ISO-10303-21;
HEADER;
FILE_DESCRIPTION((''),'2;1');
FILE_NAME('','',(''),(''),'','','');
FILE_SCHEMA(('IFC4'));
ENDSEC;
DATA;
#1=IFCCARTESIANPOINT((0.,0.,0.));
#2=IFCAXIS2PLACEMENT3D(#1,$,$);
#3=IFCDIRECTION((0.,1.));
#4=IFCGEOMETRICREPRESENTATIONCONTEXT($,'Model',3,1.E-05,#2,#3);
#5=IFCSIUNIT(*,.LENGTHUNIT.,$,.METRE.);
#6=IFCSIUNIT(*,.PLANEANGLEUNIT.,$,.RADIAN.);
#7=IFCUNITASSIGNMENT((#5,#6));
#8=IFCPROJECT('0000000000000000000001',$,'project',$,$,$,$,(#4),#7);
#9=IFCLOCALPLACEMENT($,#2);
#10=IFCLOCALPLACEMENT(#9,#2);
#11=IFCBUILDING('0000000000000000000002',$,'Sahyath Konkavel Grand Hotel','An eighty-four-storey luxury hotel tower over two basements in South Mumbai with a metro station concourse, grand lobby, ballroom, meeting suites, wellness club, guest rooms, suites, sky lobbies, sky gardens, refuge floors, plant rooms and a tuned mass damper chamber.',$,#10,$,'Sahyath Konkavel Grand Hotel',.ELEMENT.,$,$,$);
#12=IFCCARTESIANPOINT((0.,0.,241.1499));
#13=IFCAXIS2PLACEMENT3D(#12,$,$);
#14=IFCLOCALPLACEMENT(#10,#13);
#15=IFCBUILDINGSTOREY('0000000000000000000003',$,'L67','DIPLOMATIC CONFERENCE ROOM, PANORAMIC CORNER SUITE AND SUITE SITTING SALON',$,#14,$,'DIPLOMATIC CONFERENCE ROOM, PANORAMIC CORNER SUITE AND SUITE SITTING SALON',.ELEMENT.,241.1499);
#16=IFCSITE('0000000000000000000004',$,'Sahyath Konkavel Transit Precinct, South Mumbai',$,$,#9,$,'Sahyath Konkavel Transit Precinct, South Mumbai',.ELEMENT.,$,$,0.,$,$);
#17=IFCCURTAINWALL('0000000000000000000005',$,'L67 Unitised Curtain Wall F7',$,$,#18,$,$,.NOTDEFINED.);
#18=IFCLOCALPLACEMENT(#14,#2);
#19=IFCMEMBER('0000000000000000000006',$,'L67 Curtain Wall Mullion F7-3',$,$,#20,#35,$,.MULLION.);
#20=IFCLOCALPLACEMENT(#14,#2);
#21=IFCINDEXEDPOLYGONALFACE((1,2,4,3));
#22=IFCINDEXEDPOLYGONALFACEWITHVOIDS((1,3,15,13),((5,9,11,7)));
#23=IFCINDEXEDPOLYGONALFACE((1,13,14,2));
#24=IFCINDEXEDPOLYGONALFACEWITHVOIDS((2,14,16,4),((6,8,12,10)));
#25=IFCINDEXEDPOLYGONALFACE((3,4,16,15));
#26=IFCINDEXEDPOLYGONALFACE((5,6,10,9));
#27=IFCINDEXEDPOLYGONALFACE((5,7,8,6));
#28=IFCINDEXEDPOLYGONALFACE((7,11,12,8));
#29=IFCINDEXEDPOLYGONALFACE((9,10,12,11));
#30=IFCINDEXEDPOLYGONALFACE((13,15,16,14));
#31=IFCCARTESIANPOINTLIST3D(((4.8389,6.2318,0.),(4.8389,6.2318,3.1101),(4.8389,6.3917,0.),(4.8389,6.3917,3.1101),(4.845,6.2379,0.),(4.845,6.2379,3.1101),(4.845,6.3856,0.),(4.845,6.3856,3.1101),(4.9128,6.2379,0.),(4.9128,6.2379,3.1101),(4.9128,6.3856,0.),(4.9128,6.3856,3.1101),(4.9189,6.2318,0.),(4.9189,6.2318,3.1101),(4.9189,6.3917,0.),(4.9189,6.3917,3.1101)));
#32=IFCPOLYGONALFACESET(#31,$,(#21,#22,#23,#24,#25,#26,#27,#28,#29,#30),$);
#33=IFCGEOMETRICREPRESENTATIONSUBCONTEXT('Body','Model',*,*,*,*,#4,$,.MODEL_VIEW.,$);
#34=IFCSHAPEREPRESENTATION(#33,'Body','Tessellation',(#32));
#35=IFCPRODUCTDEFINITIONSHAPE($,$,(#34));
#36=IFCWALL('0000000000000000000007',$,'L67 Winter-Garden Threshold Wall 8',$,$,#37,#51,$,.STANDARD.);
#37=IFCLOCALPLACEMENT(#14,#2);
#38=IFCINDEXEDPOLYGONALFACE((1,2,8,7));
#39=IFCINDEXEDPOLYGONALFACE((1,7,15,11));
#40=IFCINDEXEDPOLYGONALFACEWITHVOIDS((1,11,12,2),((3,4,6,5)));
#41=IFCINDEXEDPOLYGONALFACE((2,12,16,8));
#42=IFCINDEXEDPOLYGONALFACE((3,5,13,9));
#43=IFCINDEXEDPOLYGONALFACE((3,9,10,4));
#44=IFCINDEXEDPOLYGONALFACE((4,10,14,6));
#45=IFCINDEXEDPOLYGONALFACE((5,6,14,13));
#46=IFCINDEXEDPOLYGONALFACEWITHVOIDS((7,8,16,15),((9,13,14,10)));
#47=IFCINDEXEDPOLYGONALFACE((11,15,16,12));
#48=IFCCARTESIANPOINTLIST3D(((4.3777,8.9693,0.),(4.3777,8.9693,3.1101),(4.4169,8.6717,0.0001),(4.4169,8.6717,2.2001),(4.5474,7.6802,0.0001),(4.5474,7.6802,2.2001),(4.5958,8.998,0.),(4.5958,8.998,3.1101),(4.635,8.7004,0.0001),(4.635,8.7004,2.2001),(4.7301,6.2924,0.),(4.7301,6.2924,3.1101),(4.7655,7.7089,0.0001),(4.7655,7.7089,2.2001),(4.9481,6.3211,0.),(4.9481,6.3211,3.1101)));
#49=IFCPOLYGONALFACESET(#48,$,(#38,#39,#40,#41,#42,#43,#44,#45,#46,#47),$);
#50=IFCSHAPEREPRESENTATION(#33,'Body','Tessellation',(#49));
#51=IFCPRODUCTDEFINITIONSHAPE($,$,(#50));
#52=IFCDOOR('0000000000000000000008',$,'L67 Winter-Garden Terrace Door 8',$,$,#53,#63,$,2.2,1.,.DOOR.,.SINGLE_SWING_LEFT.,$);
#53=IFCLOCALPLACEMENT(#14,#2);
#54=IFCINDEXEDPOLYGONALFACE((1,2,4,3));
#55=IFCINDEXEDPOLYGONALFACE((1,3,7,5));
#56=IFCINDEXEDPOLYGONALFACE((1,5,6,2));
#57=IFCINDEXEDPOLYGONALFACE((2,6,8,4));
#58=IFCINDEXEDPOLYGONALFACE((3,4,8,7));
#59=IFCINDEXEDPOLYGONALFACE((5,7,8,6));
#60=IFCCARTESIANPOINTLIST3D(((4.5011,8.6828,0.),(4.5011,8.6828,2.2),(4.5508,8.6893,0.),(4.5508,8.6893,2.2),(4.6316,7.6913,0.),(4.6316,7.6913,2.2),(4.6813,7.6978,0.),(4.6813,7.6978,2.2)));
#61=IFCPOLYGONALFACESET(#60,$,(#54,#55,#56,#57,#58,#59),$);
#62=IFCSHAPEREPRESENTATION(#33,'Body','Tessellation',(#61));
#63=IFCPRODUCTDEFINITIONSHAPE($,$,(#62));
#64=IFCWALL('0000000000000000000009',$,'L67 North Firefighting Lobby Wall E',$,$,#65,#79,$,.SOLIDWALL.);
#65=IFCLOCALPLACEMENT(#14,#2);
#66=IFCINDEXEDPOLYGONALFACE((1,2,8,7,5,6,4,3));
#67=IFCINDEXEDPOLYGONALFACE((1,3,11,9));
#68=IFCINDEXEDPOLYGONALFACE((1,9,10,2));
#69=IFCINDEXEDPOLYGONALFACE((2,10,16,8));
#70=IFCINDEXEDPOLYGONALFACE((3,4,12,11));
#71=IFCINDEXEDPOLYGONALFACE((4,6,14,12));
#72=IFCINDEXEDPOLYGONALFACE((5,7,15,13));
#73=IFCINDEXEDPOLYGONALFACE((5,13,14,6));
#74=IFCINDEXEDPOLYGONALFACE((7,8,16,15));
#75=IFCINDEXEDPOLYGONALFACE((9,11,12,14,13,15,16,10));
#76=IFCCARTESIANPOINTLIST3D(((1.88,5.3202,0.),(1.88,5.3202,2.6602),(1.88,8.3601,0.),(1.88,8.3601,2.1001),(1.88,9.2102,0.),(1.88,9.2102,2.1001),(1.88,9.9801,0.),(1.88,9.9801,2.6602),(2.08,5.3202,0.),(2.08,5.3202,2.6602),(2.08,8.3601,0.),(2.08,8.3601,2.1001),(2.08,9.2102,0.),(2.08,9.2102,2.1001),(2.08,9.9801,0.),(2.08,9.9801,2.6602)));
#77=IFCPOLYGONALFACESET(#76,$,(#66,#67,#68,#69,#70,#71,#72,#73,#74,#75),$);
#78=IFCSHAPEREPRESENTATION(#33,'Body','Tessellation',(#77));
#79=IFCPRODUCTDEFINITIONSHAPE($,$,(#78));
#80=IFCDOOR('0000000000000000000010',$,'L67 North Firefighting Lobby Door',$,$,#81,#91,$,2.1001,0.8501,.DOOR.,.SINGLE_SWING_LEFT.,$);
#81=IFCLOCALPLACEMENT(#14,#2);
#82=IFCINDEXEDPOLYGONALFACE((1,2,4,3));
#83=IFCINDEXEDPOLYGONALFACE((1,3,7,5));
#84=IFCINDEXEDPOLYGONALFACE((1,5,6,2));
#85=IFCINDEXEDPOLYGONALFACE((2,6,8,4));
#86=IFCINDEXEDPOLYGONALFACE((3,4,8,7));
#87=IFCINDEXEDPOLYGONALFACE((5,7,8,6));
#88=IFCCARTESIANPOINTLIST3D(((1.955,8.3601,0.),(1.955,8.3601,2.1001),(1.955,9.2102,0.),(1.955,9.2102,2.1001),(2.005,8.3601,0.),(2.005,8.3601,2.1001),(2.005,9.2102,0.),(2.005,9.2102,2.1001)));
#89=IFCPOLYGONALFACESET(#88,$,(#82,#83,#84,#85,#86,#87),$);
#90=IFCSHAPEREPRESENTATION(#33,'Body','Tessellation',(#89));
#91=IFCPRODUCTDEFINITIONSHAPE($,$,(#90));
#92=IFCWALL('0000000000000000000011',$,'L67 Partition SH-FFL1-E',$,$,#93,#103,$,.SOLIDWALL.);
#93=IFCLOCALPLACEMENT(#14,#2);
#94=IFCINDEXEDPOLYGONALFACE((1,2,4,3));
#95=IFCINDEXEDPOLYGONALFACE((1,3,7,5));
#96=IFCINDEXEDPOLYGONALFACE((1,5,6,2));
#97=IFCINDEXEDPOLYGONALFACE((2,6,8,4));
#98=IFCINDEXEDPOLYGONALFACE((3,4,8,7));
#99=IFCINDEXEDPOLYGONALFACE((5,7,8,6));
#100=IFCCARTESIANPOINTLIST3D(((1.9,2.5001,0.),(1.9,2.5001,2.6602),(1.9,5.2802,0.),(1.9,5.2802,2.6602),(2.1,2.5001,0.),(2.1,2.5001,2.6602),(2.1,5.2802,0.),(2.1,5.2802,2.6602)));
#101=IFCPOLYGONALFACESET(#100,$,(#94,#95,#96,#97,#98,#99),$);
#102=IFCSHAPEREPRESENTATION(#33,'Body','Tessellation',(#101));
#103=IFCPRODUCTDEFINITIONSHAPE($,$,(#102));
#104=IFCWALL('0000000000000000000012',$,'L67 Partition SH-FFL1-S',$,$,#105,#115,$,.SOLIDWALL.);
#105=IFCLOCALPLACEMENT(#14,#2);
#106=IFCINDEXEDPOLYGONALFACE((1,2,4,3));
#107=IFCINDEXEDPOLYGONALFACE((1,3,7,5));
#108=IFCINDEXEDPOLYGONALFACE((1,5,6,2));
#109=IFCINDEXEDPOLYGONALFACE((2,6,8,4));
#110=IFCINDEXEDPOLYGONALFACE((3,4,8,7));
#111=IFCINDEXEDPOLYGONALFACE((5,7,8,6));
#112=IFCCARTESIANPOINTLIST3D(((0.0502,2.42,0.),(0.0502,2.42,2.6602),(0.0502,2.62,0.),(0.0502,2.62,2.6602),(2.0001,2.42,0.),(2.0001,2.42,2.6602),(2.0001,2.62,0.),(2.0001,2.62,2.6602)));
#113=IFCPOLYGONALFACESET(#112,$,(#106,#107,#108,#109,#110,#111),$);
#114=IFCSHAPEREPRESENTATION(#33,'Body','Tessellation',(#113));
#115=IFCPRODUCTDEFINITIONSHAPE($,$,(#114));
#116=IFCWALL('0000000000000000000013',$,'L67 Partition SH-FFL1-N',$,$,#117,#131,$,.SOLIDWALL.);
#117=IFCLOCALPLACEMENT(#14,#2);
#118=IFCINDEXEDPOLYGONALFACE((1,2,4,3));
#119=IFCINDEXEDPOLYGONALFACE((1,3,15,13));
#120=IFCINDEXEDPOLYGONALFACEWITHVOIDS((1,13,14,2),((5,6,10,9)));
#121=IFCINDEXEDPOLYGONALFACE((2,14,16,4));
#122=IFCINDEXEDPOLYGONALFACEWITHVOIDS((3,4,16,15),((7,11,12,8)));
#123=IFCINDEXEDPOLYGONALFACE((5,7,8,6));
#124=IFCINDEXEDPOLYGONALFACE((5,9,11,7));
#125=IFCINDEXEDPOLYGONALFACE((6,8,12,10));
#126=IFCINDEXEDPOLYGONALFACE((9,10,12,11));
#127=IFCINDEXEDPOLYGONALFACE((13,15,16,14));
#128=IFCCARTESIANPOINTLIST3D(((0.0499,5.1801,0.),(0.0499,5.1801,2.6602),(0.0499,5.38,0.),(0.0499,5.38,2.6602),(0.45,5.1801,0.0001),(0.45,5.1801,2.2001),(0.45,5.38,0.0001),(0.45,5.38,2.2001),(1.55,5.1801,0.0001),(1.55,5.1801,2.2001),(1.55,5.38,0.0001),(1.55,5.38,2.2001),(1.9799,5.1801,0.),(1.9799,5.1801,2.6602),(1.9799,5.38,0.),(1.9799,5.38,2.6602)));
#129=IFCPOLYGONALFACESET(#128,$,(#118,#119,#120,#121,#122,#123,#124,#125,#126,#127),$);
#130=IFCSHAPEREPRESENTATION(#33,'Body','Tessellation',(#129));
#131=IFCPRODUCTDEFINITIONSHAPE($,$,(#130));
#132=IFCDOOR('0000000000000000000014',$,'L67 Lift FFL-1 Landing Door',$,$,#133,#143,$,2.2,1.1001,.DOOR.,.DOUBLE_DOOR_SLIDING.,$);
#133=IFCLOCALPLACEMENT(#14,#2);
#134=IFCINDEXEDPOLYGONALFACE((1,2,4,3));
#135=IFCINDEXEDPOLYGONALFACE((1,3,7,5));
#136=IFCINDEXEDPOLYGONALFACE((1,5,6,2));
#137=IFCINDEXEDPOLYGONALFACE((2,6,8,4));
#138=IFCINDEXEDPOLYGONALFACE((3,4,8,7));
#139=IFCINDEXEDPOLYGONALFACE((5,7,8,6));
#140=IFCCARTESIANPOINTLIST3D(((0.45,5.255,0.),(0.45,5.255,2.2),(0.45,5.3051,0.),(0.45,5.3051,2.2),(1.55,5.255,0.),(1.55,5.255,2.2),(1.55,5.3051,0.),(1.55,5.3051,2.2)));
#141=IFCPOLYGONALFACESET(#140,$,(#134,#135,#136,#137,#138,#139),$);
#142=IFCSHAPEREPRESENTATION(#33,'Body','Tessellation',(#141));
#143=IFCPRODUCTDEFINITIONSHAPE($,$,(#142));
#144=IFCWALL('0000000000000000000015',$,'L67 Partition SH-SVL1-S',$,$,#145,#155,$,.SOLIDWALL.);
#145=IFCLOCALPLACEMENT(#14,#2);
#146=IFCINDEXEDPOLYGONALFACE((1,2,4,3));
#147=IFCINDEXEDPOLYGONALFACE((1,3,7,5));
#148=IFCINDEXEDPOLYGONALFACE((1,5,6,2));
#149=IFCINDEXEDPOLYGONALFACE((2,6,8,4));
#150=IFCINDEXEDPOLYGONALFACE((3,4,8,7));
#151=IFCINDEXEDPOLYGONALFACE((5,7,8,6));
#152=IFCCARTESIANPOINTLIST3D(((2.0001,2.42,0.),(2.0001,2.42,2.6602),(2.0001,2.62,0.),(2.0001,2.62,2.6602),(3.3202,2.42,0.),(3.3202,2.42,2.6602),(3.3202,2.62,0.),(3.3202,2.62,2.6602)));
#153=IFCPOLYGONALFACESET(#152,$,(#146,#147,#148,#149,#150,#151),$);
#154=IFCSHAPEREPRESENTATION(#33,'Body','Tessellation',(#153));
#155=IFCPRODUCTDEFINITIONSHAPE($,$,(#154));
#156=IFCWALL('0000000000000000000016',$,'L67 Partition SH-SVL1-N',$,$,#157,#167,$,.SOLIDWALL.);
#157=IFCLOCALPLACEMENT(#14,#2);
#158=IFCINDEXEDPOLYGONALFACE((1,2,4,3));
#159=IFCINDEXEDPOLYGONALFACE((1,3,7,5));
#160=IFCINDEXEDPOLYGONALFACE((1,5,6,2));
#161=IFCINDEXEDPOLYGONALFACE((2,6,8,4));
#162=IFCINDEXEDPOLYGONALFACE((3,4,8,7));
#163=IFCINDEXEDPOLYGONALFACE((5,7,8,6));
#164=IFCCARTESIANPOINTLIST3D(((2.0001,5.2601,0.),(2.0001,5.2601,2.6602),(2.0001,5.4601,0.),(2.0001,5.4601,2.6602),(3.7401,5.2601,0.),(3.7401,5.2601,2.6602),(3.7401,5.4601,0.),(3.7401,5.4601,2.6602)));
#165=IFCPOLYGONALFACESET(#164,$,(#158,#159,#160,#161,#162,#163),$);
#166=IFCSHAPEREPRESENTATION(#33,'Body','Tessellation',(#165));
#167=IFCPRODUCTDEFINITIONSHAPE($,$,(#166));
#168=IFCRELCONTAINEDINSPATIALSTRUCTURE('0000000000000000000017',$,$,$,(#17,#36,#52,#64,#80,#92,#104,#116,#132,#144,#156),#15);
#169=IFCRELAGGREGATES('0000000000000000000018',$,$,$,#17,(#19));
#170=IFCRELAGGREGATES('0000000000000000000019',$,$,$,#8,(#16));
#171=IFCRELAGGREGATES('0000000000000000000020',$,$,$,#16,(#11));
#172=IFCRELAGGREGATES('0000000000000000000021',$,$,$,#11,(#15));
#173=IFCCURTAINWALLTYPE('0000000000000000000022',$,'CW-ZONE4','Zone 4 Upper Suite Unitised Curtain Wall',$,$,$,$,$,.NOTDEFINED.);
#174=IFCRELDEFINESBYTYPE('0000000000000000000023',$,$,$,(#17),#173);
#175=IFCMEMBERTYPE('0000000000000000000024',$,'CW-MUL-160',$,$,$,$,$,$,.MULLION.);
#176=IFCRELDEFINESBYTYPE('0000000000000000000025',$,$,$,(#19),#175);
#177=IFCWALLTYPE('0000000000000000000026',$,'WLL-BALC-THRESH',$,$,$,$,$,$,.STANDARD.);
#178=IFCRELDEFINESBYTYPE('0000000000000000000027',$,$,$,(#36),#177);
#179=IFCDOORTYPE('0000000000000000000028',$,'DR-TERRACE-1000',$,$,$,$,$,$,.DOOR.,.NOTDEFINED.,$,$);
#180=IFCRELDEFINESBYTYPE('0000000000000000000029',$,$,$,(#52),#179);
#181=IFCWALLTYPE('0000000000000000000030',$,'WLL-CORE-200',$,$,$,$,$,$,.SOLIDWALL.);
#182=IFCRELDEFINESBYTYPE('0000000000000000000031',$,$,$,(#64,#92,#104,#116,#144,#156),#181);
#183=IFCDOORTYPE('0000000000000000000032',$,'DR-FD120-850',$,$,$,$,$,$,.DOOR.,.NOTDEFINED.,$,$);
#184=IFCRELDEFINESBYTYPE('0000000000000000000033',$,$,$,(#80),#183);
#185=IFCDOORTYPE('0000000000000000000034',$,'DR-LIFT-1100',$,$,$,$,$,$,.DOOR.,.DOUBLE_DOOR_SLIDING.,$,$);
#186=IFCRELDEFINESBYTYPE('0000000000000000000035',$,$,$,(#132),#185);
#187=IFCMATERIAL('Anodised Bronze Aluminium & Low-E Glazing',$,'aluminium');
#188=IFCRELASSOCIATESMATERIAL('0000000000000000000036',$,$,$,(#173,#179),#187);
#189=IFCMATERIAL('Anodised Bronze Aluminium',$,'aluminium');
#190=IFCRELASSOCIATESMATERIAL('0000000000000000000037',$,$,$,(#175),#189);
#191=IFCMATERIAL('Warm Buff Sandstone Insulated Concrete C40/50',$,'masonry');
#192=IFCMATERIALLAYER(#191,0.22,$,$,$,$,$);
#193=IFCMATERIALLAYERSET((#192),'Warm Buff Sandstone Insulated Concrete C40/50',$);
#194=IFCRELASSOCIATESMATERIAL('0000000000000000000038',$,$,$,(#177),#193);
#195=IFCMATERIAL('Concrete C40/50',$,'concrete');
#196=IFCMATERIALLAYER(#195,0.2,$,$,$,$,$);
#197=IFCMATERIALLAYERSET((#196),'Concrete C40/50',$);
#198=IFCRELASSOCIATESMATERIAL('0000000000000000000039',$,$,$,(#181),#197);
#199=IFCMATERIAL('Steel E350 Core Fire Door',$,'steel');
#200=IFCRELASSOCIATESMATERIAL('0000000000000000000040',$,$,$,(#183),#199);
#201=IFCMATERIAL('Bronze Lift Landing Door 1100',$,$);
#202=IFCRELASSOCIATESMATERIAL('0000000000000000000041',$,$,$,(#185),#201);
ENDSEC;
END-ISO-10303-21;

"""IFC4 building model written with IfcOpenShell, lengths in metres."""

from ifc_helpers import new_model, si_unit, direction, frame, frame_2d, origin, origin_2d, place, context, subcontext, project, spatial, rectangle, hollow_rectangle, extrude, source, transform, mapped, material, layer, layer_set, material_profile, profile_set, type_object, element, fill, aggregate, save


model = new_model("IFC4")

# Units and contexts
model_context = context("Model", 3, precision=1e-05, world=origin(), true_north=direction((0.0, 1.0)))
body_context = subcontext(model_context, "Body", "Model", "MODEL_VIEW")
ifc_project = project(units=[si_unit("LENGTHUNIT", "METRE"), si_unit("PLANEANGLEUNIT", "RADIAN")], contexts=[model_context])

# Site, building, storey
site_placement = place(None, origin())
site = spatial("IfcSite", under=ifc_project, at=site_placement, Name="Sahyath Konkavel Transit Precinct, South Mumbai", LongName="Sahyath Konkavel Transit Precinct, South Mumbai", CompositionType="ELEMENT", RefElevation=0.0)
building_placement = place(site_placement, origin())
building = spatial("IfcBuilding", under=site, at=building_placement, Name="Sahyath Konkavel Grand Hotel", Description="An eighty-four-storey luxury hotel tower over two basements in South Mumbai with a metro station concourse, grand lobby, ballroom, meeting suites, wellness club, guest rooms, suites, sky lobbies, sky gardens, refuge floors, plant rooms and a tuned mass damper chamber.", LongName="Sahyath Konkavel Grand Hotel", CompositionType="ELEMENT")
storey_placement = place(building_placement, frame((0.0, 0.0, 241.1499)))
storey = spatial("IfcBuildingStorey", under=building, at=storey_placement, Name="L67", Description="DIPLOMATIC CONFERENCE ROOM, PANORAMIC CORNER SUITE AND SUITE SITTING SALON", LongName="DIPLOMATIC CONFERENCE ROOM, PANORAMIC CORNER SUITE AND SUITE SITTING SALON", CompositionType="ELEMENT", Elevation=241.1499)

# Curtain wall, member
ifc_material_1 = material(Name="Anodised Bronze Aluminium & Low-E Glazing", Category="aluminium")
curtain_wall_type = type_object("IfcCurtainWallType", Name="CW-ZONE4", Description="Zone 4 Upper Suite Unitised Curtain Wall", PredefinedType="NOTDEFINED", material=ifc_material_1)
curtain_wall_placement = place(storey_placement, origin())
curtain_wall = element("IfcCurtainWall", 1, at=curtain_wall_placement, inside=storey, type_object=curtain_wall_type, Name="L67 Unitised Curtain Wall F7", PredefinedType="NOTDEFINED")
ifc_material_2 = material(Name="Anodised Bronze Aluminium", Category="aluminium")
ifc_material_profile = material_profile(ifc_material_2, hollow_rectangle(XDim=0.0801, YDim=0.1599, WallThickness=0.0061, at=origin_2d()), Name="RHS 160x80x6")
ifc_profile_set = profile_set([ifc_material_profile], Name="Anodised Bronze Aluminium")
member_type = type_object("IfcMemberType", Name="CW-MUL-160", PredefinedType="MULLION", material=ifc_profile_set)
shared_shape_1 = source(origin(), body_context, "Body", "SweptSolid", [
    extrude(hollow_rectangle(XDim=0.0801, YDim=0.1599, WallThickness=0.0061, at=origin_2d()), origin(), (0.0, 0.0, 1.0), 3.1101),
])
member_placement = place(storey_placement, frame((4.8789, 6.3118, 0.0), z_axis=(0.0, 0.0, 1.0), x_axis=(1.0, 0.0, 0.0)))
member = element("IfcMember", 2, at=member_placement, type_object=member_type, Name="L67 Curtain Wall Mullion F7-3", PredefinedType="MULLION", context=body_context, shape_type="MappedRepresentation", body=[
    mapped(shared_shape_1, transform((0.0, 0.0, 0.0), scale=1.0)),
])
aggregate(curtain_wall, [member])

# Walls, openings, doors
ifc_material_3 = material(Name="Warm Buff Sandstone Insulated Concrete C40/50", Category="masonry")
ifc_layer_1 = layer(ifc_material_3, 0.22)
ifc_layer_set_1 = layer_set([ifc_layer_1], Name="Warm Buff Sandstone Insulated Concrete C40/50")
wall_type_1 = type_object("IfcWallType", Name="WLL-BALC-THRESH", PredefinedType="STANDARD", material=ifc_layer_set_1)
wall_1_placement = place(storey_placement, frame((4.8391, 6.3066, 0.0), z_axis=(0.0, 0.0, 1.0), x_axis=(-0.130487, 0.99145, 0.0)))
wall_1 = element("IfcWall", 3, at=wall_1_placement, inside=storey, type_object=wall_type_1, Name="L67 Winter-Garden Threshold Wall 8", PredefinedType="STANDARD", context=body_context, shape_type="SweptSolid", body=[
    extrude(rectangle(XDim=2.7, YDim=0.22, at=frame_2d((1.3501, 0.0))), origin(), (0.0, 0.0, 1.0), 3.1101),
])
opening_1_placement = place(wall_1_placement, frame((1.3999, 0.0, 0.0)))
opening_1 = element("IfcOpeningElement", 4, at=opening_1_placement, cuts=wall_1, PredefinedType="OPENING", context=body_context, shape_type="SweptSolid", body=[
    extrude(rectangle(XDim=1.0, YDim=2.2, at=frame_2d((0.5, 1.1001))), frame((0.0, 0.1201, 0.0), z_axis=(0.0, -1.0, 0.0), x_axis=(1.0, 0.0, 0.0)), (0.0, 0.0, 1.0), 0.24),
])
door_type_1 = type_object("IfcDoorType", Name="DR-TERRACE-1000", OperationType="NOTDEFINED", PredefinedType="DOOR", material=ifc_material_1)
shared_shape_2 = source(origin(), body_context, "Body", "SweptSolid", [
    extrude(rectangle(XDim=1.0, YDim=0.05, at=origin_2d()), origin(), (0.0, 0.0, 1.0), 2.2),
])
door_1_placement = place(opening_1_placement, frame((0.5, 0.0, 0.0)))
door_1 = element("IfcDoor", 5, at=door_1_placement, inside=storey, type_object=door_type_1, Name="L67 Winter-Garden Terrace Door 8", OperationType="SINGLE_SWING_LEFT", OverallHeight=2.2, OverallWidth=1.0, PredefinedType="DOOR", context=body_context, shape_type="MappedRepresentation", body=[
    mapped(shared_shape_2, transform((0.0, 0.0, 0.0), scale=1.0)),
])
fill(opening_1, door_1)
ifc_material_4 = material(Name="Concrete C40/50", Category="concrete")
ifc_layer_2 = layer(ifc_material_4, 0.2)
ifc_layer_set_2 = layer_set([ifc_layer_2], Name="Concrete C40/50")
wall_type_2 = type_object("IfcWallType", Name="WLL-CORE-200", PredefinedType="SOLIDWALL", material=ifc_layer_set_2)
wall_2_placement = place(storey_placement, frame((1.98, 5.3201, 0.0), z_axis=(0.0, 0.0, 1.0), x_axis=(0.0, 1.0, 0.0)))
wall_2 = element("IfcWall", 6, at=wall_2_placement, inside=storey, type_object=wall_type_2, Name="L67 North Firefighting Lobby Wall E", PredefinedType="SOLIDWALL", context=body_context, shape_type="SweptSolid", body=[
    extrude(rectangle(XDim=4.6599, YDim=0.2, at=frame_2d((2.3301, 0.0))), origin(), (0.0, 0.0, 1.0), 2.6602),
])
opening_2_placement = place(wall_2_placement, frame((3.04, 0.0, 0.0)))
opening_2 = element("IfcOpeningElement", 7, at=opening_2_placement, cuts=wall_2, PredefinedType="OPENING", context=body_context, shape_type="SweptSolid", body=[
    extrude(rectangle(XDim=0.8501, YDim=2.1001, at=frame_2d((0.425, 1.05))), frame((0.0, 0.1099, 0.0), z_axis=(0.0, -1.0, 0.0), x_axis=(1.0, 0.0, 0.0)), (0.0, 0.0, 1.0), 0.22),
])
ifc_material_5 = material(Name="Steel E350 Core Fire Door", Category="steel")
door_type_2 = type_object("IfcDoorType", Name="DR-FD120-850", OperationType="NOTDEFINED", PredefinedType="DOOR", material=ifc_material_5)
shared_shape_3 = source(origin(), body_context, "Body", "SweptSolid", [
    extrude(rectangle(XDim=0.8501, YDim=0.05, at=origin_2d()), origin(), (0.0, 0.0, 1.0), 2.1001),
])
door_2_placement = place(opening_2_placement, frame((0.425, 0.0, 0.0)))
door_2 = element("IfcDoor", 8, at=door_2_placement, inside=storey, type_object=door_type_2, Name="L67 North Firefighting Lobby Door", OperationType="SINGLE_SWING_LEFT", OverallHeight=2.1001, OverallWidth=0.8501, PredefinedType="DOOR", context=body_context, shape_type="MappedRepresentation", body=[
    mapped(shared_shape_3, transform((0.0, 0.0, 0.0), scale=1.0)),
])
fill(opening_2, door_2)

# Walls
wall_3_placement = place(storey_placement, frame((2.0, 2.5, 0.0), z_axis=(0.0, 0.0, 1.0), x_axis=(0.0, 1.0, 0.0)))
element("IfcWall", 9, at=wall_3_placement, inside=storey, type_object=wall_type_2, Name="L67 Partition SH-FFL1-E", PredefinedType="SOLIDWALL", context=body_context, shape_type="SweptSolid", body=[
    extrude(rectangle(XDim=2.78, YDim=0.2, at=frame_2d((1.3901, 0.0))), origin(), (0.0, 0.0, 1.0), 2.6602),
])
wall_4_placement = place(storey_placement, frame((0.05, 2.52, 0.0), z_axis=(0.0, 0.0, 1.0), x_axis=(1.0, 0.0, 0.0)))
element("IfcWall", 10, at=wall_4_placement, inside=storey, type_object=wall_type_2, Name="L67 Partition SH-FFL1-S", PredefinedType="SOLIDWALL", context=body_context, shape_type="SweptSolid", body=[
    extrude(rectangle(XDim=1.95, YDim=0.2, at=frame_2d((0.9751, 0.0))), origin(), (0.0, 0.0, 1.0), 2.6602),
])

# Wall, opening, door
wall_5_placement = place(storey_placement, frame((0.05, 5.28, 0.0), z_axis=(0.0, 0.0, 1.0), x_axis=(1.0, 0.0, 0.0)))
wall_5 = element("IfcWall", 11, at=wall_5_placement, inside=storey, type_object=wall_type_2, Name="L67 Partition SH-FFL1-N", PredefinedType="SOLIDWALL", context=body_context, shape_type="SweptSolid", body=[
    extrude(rectangle(XDim=1.9299, YDim=0.2, at=frame_2d((0.9648, 0.0))), origin(), (0.0, 0.0, 1.0), 2.6602),
])
opening_3_placement = place(wall_5_placement, frame((0.3999, 0.0, 0.0)))
opening_3 = element("IfcOpeningElement", 12, at=opening_3_placement, cuts=wall_5, PredefinedType="OPENING", context=body_context, shape_type="SweptSolid", body=[
    extrude(rectangle(XDim=1.1001, YDim=2.2, at=frame_2d((0.55, 1.1001))), frame((0.0, 0.1099, 0.0), z_axis=(0.0, -1.0, 0.0), x_axis=(1.0, 0.0, 0.0)), (0.0, 0.0, 1.0), 0.22),
])
ifc_material_6 = material(Name="Bronze Lift Landing Door 1100")
door_type_3 = type_object("IfcDoorType", Name="DR-LIFT-1100", OperationType="DOUBLE_DOOR_SLIDING", PredefinedType="DOOR", material=ifc_material_6)
shared_shape_4 = source(origin(), body_context, "Body", "SweptSolid", [
    extrude(rectangle(XDim=1.1001, YDim=0.05, at=origin_2d()), origin(), (0.0, 0.0, 1.0), 2.2),
])
door_3_placement = place(opening_3_placement, frame((0.55, 0.0, 0.0)))
door_3 = element("IfcDoor", 13, at=door_3_placement, inside=storey, type_object=door_type_3, Name="L67 Lift FFL-1 Landing Door", OperationType="DOUBLE_DOOR_SLIDING", OverallHeight=2.2, OverallWidth=1.1001, PredefinedType="DOOR", context=body_context, shape_type="MappedRepresentation", body=[
    mapped(shared_shape_4, transform((0.0, 0.0, 0.0), scale=1.0)),
])
fill(opening_3, door_3)

# Walls
wall_6_placement = place(storey_placement, frame((2.0, 2.52, 0.0), z_axis=(0.0, 0.0, 1.0), x_axis=(1.0, 0.0, 0.0)))
element("IfcWall", 14, at=wall_6_placement, inside=storey, type_object=wall_type_2, Name="L67 Partition SH-SVL1-S", PredefinedType="SOLIDWALL", context=body_context, shape_type="SweptSolid", body=[
    extrude(rectangle(XDim=1.3201, YDim=0.2, at=frame_2d((0.6602, 0.0))), origin(), (0.0, 0.0, 1.0), 2.6602),
])
wall_7_placement = place(storey_placement, frame((2.0, 5.3601, 0.0), z_axis=(0.0, 0.0, 1.0), x_axis=(1.0, 0.0, 0.0)))
element("IfcWall", 15, at=wall_7_placement, inside=storey, type_object=wall_type_2, Name="L67 Partition SH-SVL1-N", PredefinedType="SOLIDWALL", context=body_context, shape_type="SweptSolid", body=[
    extrude(rectangle(XDim=1.74, YDim=0.2, at=frame_2d((0.8701, 0.0))), origin(), (0.0, 0.0, 1.0), 2.6602),
])

save(model, "model.ifc")
